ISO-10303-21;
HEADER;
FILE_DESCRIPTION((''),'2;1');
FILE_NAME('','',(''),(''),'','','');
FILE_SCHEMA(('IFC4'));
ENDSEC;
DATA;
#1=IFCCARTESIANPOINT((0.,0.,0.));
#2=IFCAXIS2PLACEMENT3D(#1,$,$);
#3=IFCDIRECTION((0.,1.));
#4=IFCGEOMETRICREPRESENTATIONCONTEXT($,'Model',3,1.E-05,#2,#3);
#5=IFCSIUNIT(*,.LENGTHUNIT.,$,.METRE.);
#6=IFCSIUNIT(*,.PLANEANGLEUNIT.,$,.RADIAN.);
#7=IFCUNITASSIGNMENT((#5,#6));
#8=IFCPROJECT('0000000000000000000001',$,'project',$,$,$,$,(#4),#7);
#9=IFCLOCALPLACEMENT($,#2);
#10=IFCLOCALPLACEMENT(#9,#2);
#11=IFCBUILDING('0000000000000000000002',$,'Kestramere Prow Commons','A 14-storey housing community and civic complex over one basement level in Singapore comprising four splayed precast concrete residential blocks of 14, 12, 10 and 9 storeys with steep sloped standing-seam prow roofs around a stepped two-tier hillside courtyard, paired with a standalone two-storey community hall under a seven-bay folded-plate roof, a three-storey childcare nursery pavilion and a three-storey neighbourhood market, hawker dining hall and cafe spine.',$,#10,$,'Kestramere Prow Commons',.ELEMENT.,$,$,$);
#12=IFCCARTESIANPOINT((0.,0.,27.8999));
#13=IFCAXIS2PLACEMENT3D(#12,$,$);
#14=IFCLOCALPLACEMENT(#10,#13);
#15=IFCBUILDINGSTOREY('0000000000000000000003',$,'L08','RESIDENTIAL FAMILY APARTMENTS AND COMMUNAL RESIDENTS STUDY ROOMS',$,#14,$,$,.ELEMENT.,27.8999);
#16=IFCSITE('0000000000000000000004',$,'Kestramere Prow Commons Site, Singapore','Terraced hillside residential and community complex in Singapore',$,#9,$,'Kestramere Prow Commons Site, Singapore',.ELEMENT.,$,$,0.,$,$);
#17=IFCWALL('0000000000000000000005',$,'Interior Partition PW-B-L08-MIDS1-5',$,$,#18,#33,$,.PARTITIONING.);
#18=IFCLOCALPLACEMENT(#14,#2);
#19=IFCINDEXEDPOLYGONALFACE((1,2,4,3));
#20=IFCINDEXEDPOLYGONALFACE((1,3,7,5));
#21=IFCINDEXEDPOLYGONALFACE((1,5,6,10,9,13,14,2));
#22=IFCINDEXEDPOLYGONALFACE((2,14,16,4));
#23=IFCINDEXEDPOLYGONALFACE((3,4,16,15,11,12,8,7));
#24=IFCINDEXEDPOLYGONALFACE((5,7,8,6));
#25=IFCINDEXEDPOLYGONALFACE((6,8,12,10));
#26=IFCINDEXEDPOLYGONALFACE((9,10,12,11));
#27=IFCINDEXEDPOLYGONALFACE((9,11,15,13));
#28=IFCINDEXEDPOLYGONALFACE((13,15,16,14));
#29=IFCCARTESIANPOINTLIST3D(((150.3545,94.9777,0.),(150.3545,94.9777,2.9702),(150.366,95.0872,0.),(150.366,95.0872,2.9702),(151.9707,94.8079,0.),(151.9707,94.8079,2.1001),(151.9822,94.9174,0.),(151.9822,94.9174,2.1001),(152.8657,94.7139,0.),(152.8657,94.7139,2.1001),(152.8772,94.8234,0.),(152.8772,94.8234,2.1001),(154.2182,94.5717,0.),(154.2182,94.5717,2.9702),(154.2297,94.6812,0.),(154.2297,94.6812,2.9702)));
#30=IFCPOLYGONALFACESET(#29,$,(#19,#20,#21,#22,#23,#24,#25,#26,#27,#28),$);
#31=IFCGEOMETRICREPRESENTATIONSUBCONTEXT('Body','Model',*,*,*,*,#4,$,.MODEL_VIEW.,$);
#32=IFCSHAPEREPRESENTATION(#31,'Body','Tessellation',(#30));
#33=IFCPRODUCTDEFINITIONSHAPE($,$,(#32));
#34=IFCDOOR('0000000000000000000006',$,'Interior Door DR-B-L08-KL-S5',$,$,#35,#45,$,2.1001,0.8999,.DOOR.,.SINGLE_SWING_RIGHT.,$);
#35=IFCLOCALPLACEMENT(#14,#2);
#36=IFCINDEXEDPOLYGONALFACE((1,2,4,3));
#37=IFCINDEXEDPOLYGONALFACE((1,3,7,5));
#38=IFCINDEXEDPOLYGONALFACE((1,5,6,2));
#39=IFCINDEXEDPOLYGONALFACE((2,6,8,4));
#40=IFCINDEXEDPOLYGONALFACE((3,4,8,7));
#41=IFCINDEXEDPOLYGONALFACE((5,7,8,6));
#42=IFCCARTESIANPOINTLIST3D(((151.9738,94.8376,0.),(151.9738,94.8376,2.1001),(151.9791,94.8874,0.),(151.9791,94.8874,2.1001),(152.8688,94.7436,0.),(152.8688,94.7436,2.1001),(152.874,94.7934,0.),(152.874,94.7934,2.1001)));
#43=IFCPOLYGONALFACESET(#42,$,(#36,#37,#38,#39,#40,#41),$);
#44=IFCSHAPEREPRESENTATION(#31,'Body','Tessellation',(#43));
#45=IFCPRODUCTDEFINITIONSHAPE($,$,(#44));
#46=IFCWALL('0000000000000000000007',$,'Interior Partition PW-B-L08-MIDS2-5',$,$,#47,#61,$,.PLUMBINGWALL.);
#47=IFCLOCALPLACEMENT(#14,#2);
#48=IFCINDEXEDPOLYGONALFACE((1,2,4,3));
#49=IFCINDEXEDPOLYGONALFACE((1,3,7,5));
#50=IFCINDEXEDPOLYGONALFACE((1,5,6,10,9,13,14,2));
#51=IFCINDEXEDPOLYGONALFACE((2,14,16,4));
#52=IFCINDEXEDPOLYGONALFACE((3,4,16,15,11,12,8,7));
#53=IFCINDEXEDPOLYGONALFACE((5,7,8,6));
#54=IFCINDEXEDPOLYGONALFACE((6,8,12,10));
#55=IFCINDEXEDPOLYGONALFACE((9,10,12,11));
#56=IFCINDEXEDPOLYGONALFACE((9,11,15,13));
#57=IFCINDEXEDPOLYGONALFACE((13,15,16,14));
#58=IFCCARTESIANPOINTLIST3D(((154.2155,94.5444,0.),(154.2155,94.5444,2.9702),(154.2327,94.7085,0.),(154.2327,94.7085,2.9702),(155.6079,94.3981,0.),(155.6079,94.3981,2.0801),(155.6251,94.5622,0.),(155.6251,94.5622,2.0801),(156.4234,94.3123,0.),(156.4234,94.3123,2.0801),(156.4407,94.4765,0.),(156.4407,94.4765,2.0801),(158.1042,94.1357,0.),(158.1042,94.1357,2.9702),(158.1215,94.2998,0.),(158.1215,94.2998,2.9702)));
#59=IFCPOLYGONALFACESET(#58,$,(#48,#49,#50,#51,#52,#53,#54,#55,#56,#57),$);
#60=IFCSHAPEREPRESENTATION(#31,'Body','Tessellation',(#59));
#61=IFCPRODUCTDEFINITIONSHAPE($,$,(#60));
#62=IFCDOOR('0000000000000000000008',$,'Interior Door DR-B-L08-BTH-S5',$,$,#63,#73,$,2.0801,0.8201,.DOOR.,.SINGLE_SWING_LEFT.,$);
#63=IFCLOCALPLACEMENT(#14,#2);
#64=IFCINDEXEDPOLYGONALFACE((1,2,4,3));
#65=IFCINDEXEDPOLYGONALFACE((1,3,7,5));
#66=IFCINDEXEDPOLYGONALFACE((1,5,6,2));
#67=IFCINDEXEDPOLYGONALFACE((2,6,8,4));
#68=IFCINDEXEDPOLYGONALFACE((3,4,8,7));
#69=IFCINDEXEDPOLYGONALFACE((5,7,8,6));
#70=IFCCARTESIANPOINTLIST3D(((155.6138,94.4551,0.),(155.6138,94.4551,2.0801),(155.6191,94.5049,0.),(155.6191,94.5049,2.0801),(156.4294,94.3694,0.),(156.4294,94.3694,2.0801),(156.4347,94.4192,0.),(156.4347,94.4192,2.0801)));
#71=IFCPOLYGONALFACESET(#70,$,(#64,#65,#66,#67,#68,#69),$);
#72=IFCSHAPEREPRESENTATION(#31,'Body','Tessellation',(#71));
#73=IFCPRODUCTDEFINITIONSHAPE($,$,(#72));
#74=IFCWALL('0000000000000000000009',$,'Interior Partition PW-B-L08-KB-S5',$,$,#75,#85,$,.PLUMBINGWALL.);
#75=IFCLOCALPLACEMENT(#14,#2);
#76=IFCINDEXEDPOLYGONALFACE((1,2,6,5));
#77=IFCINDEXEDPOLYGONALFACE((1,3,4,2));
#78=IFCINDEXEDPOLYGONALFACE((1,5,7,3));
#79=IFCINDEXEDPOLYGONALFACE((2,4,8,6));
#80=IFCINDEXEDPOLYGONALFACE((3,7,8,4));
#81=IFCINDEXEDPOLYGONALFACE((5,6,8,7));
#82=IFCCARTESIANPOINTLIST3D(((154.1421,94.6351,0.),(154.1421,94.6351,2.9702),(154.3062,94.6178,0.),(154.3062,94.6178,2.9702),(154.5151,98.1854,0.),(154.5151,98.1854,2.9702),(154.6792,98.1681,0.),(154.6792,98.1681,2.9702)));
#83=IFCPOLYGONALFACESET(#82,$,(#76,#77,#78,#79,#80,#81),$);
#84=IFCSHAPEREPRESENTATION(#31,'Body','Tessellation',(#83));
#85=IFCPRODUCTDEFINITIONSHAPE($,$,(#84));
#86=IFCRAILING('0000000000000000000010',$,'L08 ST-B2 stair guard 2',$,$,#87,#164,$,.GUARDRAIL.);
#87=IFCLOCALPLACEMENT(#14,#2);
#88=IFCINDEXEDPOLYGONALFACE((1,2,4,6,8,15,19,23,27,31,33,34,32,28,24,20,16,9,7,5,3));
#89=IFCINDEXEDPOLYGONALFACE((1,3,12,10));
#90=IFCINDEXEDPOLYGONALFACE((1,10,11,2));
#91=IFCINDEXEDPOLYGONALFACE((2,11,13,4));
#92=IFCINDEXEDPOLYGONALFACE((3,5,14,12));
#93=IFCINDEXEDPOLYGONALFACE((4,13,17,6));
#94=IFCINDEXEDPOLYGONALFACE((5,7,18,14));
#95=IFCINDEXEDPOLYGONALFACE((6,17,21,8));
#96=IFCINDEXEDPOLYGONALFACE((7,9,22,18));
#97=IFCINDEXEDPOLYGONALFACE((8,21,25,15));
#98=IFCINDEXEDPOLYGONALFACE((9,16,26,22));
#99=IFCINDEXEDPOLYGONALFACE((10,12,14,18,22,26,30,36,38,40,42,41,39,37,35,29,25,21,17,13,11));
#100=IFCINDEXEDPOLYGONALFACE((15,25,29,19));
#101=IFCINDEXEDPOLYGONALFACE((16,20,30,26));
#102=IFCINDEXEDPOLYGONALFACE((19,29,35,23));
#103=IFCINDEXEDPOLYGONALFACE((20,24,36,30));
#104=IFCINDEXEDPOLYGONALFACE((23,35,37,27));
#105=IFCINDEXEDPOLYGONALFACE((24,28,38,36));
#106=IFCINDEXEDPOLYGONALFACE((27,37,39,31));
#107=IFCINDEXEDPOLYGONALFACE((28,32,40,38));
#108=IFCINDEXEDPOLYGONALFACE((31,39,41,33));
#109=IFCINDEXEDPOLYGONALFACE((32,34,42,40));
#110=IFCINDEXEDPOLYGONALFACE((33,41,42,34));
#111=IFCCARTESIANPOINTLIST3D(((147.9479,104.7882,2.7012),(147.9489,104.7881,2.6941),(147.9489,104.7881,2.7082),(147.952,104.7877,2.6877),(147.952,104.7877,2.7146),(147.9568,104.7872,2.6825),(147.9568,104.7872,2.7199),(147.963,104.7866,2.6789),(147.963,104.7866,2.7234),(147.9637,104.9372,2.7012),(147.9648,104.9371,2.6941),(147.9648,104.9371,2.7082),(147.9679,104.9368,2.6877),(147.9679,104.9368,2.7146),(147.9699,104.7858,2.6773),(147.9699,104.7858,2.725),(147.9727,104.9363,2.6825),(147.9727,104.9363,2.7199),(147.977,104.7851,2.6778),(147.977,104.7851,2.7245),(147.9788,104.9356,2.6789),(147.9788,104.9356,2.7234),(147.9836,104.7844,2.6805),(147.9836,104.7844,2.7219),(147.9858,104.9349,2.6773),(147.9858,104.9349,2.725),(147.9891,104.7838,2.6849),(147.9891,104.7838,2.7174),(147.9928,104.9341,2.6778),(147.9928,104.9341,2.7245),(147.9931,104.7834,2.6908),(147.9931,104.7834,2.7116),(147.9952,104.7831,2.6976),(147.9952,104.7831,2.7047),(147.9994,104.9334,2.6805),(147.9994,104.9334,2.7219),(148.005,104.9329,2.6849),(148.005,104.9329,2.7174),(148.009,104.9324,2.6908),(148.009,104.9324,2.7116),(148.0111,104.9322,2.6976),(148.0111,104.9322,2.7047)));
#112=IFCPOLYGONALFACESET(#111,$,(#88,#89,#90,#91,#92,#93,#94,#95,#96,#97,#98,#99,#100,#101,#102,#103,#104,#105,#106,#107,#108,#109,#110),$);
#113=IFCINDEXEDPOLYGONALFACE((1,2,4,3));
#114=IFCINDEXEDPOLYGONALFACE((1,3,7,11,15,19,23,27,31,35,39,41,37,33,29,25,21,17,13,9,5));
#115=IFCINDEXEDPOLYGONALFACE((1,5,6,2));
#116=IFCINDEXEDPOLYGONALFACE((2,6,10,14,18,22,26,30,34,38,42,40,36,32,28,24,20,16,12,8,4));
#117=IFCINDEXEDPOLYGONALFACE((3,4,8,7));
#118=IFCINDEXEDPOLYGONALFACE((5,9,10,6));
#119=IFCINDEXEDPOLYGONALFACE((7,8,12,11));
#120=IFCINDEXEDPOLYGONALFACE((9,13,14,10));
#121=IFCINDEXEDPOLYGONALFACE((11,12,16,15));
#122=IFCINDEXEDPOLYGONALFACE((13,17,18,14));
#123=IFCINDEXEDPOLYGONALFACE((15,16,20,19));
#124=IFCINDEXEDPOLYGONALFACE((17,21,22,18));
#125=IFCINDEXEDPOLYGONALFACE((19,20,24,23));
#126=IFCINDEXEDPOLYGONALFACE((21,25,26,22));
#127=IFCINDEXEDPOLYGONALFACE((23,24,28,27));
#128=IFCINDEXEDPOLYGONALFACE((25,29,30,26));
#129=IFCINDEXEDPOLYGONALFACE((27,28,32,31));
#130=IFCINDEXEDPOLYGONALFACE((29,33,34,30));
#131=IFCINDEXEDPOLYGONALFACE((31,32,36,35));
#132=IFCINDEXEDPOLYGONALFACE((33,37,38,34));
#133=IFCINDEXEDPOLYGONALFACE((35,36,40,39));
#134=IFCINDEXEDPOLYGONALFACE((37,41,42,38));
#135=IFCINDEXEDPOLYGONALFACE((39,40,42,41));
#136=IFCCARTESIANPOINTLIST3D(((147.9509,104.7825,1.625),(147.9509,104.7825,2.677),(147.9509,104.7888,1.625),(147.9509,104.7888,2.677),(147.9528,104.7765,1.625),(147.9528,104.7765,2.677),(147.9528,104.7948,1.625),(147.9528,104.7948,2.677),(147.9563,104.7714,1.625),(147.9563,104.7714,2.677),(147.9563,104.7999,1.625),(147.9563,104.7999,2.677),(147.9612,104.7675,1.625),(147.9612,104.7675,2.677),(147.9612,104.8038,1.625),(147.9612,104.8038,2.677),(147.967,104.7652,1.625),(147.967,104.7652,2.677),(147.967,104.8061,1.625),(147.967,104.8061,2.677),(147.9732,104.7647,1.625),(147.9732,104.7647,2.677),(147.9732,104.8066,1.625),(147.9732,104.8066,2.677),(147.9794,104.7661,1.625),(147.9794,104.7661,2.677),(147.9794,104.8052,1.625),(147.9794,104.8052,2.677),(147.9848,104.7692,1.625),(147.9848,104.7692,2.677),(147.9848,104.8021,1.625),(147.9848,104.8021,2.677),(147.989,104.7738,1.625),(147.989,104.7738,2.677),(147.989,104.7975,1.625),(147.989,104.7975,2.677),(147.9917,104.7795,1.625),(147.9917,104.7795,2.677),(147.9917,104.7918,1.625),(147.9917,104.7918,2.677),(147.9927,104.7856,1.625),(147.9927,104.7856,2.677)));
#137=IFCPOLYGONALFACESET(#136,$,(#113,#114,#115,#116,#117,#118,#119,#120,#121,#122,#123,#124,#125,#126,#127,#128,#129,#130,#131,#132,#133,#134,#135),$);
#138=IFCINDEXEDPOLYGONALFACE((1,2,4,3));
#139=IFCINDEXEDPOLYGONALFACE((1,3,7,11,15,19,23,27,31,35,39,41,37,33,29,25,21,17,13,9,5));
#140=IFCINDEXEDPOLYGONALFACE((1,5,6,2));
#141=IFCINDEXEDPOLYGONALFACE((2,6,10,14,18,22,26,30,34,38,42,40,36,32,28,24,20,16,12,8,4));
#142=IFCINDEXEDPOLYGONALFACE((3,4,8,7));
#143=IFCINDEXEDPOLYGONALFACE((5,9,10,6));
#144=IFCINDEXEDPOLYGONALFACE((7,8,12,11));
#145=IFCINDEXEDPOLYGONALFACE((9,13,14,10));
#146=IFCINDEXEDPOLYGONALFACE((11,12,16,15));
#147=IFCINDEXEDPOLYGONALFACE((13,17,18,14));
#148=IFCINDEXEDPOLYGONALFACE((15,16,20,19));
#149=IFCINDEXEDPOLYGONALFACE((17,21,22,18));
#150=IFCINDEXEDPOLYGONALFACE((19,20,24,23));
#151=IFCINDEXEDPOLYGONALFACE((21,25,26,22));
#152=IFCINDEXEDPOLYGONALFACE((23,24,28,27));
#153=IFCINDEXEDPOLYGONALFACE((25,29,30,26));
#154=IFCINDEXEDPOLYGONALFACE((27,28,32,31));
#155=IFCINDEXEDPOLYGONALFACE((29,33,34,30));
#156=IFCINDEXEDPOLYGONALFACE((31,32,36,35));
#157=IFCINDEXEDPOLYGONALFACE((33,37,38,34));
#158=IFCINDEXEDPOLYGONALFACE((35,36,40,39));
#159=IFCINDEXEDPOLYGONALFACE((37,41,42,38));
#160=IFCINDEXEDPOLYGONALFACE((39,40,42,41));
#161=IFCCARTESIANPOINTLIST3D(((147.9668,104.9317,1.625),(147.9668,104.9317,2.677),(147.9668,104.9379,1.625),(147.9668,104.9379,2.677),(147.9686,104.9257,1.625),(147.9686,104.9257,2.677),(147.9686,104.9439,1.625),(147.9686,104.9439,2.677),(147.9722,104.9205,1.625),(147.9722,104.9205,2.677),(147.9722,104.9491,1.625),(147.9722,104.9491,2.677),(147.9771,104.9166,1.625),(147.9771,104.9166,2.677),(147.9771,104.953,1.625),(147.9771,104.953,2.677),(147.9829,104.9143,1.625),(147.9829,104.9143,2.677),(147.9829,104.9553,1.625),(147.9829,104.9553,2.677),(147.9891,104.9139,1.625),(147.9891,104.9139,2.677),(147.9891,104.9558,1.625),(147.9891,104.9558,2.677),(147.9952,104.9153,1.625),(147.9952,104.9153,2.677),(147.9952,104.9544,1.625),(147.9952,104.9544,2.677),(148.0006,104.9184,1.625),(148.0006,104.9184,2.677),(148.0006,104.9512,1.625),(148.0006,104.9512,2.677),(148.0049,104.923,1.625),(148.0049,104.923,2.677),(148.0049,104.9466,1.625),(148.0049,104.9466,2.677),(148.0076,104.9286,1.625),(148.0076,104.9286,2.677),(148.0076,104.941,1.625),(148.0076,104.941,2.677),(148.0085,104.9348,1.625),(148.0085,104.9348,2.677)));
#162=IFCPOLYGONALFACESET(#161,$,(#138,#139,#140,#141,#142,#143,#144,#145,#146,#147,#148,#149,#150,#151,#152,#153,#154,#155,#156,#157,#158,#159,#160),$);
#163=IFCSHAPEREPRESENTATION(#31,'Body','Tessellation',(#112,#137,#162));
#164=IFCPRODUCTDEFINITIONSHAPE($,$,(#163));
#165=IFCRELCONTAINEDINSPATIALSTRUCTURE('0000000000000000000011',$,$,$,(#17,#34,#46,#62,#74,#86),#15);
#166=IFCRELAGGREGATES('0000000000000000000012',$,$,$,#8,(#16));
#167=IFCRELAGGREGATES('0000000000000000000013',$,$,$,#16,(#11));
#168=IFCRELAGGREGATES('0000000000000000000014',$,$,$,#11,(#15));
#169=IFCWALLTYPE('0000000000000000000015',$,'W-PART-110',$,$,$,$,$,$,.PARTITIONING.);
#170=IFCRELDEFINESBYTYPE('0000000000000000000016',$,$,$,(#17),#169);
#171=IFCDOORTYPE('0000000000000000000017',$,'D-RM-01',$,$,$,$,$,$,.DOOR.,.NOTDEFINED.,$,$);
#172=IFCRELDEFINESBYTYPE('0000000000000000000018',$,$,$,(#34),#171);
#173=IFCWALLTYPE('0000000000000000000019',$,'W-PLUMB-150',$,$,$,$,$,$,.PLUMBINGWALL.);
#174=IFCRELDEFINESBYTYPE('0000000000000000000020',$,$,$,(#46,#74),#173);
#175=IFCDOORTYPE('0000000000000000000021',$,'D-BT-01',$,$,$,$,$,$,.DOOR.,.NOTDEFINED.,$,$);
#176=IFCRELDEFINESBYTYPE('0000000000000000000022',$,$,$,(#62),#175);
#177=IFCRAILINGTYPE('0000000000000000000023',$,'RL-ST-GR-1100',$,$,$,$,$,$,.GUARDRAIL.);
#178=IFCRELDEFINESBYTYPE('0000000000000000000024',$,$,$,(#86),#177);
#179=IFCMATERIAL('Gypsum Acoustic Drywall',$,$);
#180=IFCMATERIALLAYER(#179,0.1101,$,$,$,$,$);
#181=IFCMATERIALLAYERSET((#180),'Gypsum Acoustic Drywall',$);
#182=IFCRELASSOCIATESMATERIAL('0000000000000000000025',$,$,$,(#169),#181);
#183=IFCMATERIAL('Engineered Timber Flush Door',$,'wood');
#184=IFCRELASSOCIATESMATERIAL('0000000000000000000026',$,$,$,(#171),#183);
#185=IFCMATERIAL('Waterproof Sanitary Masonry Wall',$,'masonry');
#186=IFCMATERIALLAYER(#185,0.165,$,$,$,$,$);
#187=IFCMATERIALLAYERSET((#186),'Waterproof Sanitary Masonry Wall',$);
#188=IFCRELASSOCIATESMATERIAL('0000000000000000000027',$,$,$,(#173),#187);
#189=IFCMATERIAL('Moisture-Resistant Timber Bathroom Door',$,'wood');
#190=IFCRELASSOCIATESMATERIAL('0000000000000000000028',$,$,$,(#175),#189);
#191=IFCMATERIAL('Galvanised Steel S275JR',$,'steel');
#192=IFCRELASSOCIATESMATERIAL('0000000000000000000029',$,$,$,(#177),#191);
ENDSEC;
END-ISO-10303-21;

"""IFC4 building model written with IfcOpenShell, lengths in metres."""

from ifc_helpers import new_model, si_unit, direction, frame, frame_2d, origin, origin_2d, place, context, subcontext, project, spatial, rectangle, circle, extrude, material, layer, layer_set, type_object, element, fill, save


model = new_model("IFC4")

# Units and contexts
model_context = context("Model", 3, precision=1e-05, world=origin(), true_north=direction((0.0, 1.0)))
body_context = subcontext(model_context, "Body", "Model", "MODEL_VIEW")
ifc_project = project(units=[si_unit("LENGTHUNIT", "METRE"), si_unit("PLANEANGLEUNIT", "RADIAN")], contexts=[model_context])

# Site, building, storey
site_placement = place(None, origin())
site = spatial("IfcSite", under=ifc_project, at=site_placement, Name="Kestramere Prow Commons Site, Singapore", Description="Terraced hillside residential and community complex in Singapore", LongName="Kestramere Prow Commons Site, Singapore", CompositionType="ELEMENT", RefElevation=0.0)
building_placement = place(site_placement, origin())
building = spatial("IfcBuilding", under=site, at=building_placement, Name="Kestramere Prow Commons", Description="A 14-storey housing community and civic complex over one basement level in Singapore comprising four splayed precast concrete residential blocks of 14, 12, 10 and 9 storeys with steep sloped standing-seam prow roofs around a stepped two-tier hillside courtyard, paired with a standalone two-storey community hall under a seven-bay folded-plate roof, a three-storey childcare nursery pavilion and a three-storey neighbourhood market, hawker dining hall and cafe spine.", LongName="Kestramere Prow Commons", CompositionType="ELEMENT")
storey_placement = place(building_placement, frame((0.0, 0.0, 27.8999)))
storey = spatial("IfcBuildingStorey", under=building, at=storey_placement, Name="L08", Description="RESIDENTIAL FAMILY APARTMENTS AND COMMUNAL RESIDENTS STUDY ROOMS", CompositionType="ELEMENT", Elevation=27.8999)

# Walls, openings, doors
ifc_material_1 = material(Name="Gypsum Acoustic Drywall")
ifc_layer_1 = layer(ifc_material_1, 0.1101)
ifc_layer_set_1 = layer_set([ifc_layer_1], Name="Gypsum Acoustic Drywall")
wall_type_1 = type_object("IfcWallType", Name="W-PART-110", PredefinedType="PARTITIONING", material=ifc_layer_set_1)
wall_1_placement = place(storey_placement, frame((150.3604, 95.0325, 0.0), z_axis=(0.0, 0.0, 1.0), x_axis=(0.994524, -0.104505, 0.0)))
wall_1 = element("IfcWall", 1, at=wall_1_placement, inside=storey, type_object=wall_type_1, Name="Interior Partition PW-B-L08-MIDS1-5", PredefinedType="PARTITIONING", context=body_context, shape_type="SweptSolid", body=[
    extrude(rectangle(XDim=3.885, YDim=0.1101, at=frame_2d((1.9424, 0.0))), origin(), (0.0, 0.0, 1.0), 2.9702),
])
opening_1_placement = place(wall_1_placement, frame((1.625, 0.0, 0.0)))
opening_1 = element("IfcOpeningElement", 2, at=opening_1_placement, cuts=wall_1, PredefinedType="OPENING", context=body_context, shape_type="SweptSolid", body=[
    extrude(rectangle(XDim=0.8999, YDim=2.1001, at=frame_2d((0.45, 1.05))), frame((0.0, 0.0701, 0.0), z_axis=(0.0, -1.0, 0.0), x_axis=(1.0, 0.0, 0.0)), (0.0, 0.0, 1.0), 0.1401),
])
ifc_material_2 = material(Name="Engineered Timber Flush Door", Category="wood")
door_type_1 = type_object("IfcDoorType", Name="D-RM-01", OperationType="NOTDEFINED", PredefinedType="DOOR", material=ifc_material_2)
door_1_placement = place(opening_1_placement, origin())
door_1 = element("IfcDoor", 3, at=door_1_placement, inside=storey, type_object=door_type_1, Name="Interior Door DR-B-L08-KL-S5", OperationType="SINGLE_SWING_RIGHT", OverallHeight=2.1001, OverallWidth=0.8999, PredefinedType="DOOR", context=body_context, shape_type="SweptSolid", body=[
    extrude(rectangle(XDim=0.8999, YDim=2.1001, at=frame_2d((0.45, 1.05))), frame((0.0, 0.0249, 0.0), z_axis=(0.0, -1.0, 0.0), x_axis=(1.0, 0.0, 0.0)), (0.0, 0.0, 1.0), 0.05),
])
fill(opening_1, door_1)
ifc_material_3 = material(Name="Waterproof Sanitary Masonry Wall", Category="masonry")
ifc_layer_2 = layer(ifc_material_3, 0.165)
ifc_layer_set_2 = layer_set([ifc_layer_2], Name="Waterproof Sanitary Masonry Wall")
wall_type_2 = type_object("IfcWallType", Name="W-PLUMB-150", PredefinedType="PLUMBINGWALL", material=ifc_layer_set_2)
wall_2_placement = place(storey_placement, frame((154.2241, 94.6265, 0.0), z_axis=(0.0, 0.0, 1.0), x_axis=(0.994523, -0.104522, 0.0)))
wall_2 = element("IfcWall", 4, at=wall_2_placement, inside=storey, type_object=wall_type_2, Name="Interior Partition PW-B-L08-MIDS2-5", PredefinedType="PLUMBINGWALL", context=body_context, shape_type="SweptSolid", body=[
    extrude(rectangle(XDim=3.9102, YDim=0.165, at=frame_2d((1.9551, 0.0))), origin(), (0.0, 0.0, 1.0), 2.9702),
])
opening_2_placement = place(wall_2_placement, frame((1.3999, 0.0, 0.0)))
opening_2 = element("IfcOpeningElement", 5, at=opening_2_placement, cuts=wall_2, PredefinedType="OPENING", context=body_context, shape_type="SweptSolid", body=[
    extrude(rectangle(XDim=0.8201, YDim=2.0801, at=frame_2d((0.4102, 1.04))), frame((0.0, 0.0974, 0.0), z_axis=(0.0, -1.0, 0.0), x_axis=(1.0, 0.0, 0.0)), (0.0, 0.0, 1.0), 0.1951),
])
ifc_material_4 = material(Name="Moisture-Resistant Timber Bathroom Door", Category="wood")
door_type_2 = type_object("IfcDoorType", Name="D-BT-01", OperationType="NOTDEFINED", PredefinedType="DOOR", material=ifc_material_4)
door_2_placement = place(opening_2_placement, origin())
door_2 = element("IfcDoor", 6, at=door_2_placement, inside=storey, type_object=door_type_2, Name="Interior Door DR-B-L08-BTH-S5", OperationType="SINGLE_SWING_LEFT", OverallHeight=2.0801, OverallWidth=0.8201, PredefinedType="DOOR", context=body_context, shape_type="SweptSolid", body=[
    extrude(rectangle(XDim=0.8201, YDim=2.0801, at=frame_2d((0.4102, 1.04))), frame((0.0, 0.0249, 0.0), z_axis=(0.0, -1.0, 0.0), x_axis=(1.0, 0.0, 0.0)), (0.0, 0.0, 1.0), 0.05),
])
fill(opening_2, door_2)

# Wall
wall_3_placement = place(storey_placement, frame((154.2241, 94.6265, 0.0), z_axis=(0.0, 0.0, 1.0), x_axis=(0.1045, 0.994525, 0.0)))
element("IfcWall", 7, at=wall_3_placement, inside=storey, type_object=wall_type_2, Name="Interior Partition PW-B-L08-KB-S5", PredefinedType="PLUMBINGWALL", context=body_context, shape_type="SweptSolid", body=[
    extrude(rectangle(XDim=3.5698, YDim=0.165, at=frame_2d((1.7849, 0.0))), origin(), (0.0, 0.0, 1.0), 2.9702),
])

# Railing
ifc_material_5 = material(Name="Galvanised Steel S275JR", Category="steel")
railing_type = type_object("IfcRailingType", Name="RL-ST-GR-1100", PredefinedType="GUARDRAIL", material=ifc_material_5)
railing_placement = place(storey_placement, frame((147.9717, 104.7856, 1.625)))
element("IfcRailing", 8, at=railing_placement, inside=storey, type_object=railing_type, Name="L08 ST-B2 stair guard 2", PredefinedType="GUARDRAIL", context=body_context, shape_type="SweptSolid", body=[
    extrude(circle(Radius=0.0239, at=origin_2d()), frame((0.0, 0.0, 1.0762), z_axis=(0.105786, 0.994389, 0.0), x_axis=(-0.994389, 0.105786, 0.0)), (0.0, 0.0, 1.0), 0.1499),
    extrude(circle(Radius=0.021, at=origin_2d()), origin(), (0.0, 0.0, 1.0), 1.052),
    extrude(circle(Radius=0.021, at=origin_2d()), frame((0.0159, 0.1492, 0.0)), (0.0, 0.0, 1.0), 1.052),
])

save(model, "model.ifc")
